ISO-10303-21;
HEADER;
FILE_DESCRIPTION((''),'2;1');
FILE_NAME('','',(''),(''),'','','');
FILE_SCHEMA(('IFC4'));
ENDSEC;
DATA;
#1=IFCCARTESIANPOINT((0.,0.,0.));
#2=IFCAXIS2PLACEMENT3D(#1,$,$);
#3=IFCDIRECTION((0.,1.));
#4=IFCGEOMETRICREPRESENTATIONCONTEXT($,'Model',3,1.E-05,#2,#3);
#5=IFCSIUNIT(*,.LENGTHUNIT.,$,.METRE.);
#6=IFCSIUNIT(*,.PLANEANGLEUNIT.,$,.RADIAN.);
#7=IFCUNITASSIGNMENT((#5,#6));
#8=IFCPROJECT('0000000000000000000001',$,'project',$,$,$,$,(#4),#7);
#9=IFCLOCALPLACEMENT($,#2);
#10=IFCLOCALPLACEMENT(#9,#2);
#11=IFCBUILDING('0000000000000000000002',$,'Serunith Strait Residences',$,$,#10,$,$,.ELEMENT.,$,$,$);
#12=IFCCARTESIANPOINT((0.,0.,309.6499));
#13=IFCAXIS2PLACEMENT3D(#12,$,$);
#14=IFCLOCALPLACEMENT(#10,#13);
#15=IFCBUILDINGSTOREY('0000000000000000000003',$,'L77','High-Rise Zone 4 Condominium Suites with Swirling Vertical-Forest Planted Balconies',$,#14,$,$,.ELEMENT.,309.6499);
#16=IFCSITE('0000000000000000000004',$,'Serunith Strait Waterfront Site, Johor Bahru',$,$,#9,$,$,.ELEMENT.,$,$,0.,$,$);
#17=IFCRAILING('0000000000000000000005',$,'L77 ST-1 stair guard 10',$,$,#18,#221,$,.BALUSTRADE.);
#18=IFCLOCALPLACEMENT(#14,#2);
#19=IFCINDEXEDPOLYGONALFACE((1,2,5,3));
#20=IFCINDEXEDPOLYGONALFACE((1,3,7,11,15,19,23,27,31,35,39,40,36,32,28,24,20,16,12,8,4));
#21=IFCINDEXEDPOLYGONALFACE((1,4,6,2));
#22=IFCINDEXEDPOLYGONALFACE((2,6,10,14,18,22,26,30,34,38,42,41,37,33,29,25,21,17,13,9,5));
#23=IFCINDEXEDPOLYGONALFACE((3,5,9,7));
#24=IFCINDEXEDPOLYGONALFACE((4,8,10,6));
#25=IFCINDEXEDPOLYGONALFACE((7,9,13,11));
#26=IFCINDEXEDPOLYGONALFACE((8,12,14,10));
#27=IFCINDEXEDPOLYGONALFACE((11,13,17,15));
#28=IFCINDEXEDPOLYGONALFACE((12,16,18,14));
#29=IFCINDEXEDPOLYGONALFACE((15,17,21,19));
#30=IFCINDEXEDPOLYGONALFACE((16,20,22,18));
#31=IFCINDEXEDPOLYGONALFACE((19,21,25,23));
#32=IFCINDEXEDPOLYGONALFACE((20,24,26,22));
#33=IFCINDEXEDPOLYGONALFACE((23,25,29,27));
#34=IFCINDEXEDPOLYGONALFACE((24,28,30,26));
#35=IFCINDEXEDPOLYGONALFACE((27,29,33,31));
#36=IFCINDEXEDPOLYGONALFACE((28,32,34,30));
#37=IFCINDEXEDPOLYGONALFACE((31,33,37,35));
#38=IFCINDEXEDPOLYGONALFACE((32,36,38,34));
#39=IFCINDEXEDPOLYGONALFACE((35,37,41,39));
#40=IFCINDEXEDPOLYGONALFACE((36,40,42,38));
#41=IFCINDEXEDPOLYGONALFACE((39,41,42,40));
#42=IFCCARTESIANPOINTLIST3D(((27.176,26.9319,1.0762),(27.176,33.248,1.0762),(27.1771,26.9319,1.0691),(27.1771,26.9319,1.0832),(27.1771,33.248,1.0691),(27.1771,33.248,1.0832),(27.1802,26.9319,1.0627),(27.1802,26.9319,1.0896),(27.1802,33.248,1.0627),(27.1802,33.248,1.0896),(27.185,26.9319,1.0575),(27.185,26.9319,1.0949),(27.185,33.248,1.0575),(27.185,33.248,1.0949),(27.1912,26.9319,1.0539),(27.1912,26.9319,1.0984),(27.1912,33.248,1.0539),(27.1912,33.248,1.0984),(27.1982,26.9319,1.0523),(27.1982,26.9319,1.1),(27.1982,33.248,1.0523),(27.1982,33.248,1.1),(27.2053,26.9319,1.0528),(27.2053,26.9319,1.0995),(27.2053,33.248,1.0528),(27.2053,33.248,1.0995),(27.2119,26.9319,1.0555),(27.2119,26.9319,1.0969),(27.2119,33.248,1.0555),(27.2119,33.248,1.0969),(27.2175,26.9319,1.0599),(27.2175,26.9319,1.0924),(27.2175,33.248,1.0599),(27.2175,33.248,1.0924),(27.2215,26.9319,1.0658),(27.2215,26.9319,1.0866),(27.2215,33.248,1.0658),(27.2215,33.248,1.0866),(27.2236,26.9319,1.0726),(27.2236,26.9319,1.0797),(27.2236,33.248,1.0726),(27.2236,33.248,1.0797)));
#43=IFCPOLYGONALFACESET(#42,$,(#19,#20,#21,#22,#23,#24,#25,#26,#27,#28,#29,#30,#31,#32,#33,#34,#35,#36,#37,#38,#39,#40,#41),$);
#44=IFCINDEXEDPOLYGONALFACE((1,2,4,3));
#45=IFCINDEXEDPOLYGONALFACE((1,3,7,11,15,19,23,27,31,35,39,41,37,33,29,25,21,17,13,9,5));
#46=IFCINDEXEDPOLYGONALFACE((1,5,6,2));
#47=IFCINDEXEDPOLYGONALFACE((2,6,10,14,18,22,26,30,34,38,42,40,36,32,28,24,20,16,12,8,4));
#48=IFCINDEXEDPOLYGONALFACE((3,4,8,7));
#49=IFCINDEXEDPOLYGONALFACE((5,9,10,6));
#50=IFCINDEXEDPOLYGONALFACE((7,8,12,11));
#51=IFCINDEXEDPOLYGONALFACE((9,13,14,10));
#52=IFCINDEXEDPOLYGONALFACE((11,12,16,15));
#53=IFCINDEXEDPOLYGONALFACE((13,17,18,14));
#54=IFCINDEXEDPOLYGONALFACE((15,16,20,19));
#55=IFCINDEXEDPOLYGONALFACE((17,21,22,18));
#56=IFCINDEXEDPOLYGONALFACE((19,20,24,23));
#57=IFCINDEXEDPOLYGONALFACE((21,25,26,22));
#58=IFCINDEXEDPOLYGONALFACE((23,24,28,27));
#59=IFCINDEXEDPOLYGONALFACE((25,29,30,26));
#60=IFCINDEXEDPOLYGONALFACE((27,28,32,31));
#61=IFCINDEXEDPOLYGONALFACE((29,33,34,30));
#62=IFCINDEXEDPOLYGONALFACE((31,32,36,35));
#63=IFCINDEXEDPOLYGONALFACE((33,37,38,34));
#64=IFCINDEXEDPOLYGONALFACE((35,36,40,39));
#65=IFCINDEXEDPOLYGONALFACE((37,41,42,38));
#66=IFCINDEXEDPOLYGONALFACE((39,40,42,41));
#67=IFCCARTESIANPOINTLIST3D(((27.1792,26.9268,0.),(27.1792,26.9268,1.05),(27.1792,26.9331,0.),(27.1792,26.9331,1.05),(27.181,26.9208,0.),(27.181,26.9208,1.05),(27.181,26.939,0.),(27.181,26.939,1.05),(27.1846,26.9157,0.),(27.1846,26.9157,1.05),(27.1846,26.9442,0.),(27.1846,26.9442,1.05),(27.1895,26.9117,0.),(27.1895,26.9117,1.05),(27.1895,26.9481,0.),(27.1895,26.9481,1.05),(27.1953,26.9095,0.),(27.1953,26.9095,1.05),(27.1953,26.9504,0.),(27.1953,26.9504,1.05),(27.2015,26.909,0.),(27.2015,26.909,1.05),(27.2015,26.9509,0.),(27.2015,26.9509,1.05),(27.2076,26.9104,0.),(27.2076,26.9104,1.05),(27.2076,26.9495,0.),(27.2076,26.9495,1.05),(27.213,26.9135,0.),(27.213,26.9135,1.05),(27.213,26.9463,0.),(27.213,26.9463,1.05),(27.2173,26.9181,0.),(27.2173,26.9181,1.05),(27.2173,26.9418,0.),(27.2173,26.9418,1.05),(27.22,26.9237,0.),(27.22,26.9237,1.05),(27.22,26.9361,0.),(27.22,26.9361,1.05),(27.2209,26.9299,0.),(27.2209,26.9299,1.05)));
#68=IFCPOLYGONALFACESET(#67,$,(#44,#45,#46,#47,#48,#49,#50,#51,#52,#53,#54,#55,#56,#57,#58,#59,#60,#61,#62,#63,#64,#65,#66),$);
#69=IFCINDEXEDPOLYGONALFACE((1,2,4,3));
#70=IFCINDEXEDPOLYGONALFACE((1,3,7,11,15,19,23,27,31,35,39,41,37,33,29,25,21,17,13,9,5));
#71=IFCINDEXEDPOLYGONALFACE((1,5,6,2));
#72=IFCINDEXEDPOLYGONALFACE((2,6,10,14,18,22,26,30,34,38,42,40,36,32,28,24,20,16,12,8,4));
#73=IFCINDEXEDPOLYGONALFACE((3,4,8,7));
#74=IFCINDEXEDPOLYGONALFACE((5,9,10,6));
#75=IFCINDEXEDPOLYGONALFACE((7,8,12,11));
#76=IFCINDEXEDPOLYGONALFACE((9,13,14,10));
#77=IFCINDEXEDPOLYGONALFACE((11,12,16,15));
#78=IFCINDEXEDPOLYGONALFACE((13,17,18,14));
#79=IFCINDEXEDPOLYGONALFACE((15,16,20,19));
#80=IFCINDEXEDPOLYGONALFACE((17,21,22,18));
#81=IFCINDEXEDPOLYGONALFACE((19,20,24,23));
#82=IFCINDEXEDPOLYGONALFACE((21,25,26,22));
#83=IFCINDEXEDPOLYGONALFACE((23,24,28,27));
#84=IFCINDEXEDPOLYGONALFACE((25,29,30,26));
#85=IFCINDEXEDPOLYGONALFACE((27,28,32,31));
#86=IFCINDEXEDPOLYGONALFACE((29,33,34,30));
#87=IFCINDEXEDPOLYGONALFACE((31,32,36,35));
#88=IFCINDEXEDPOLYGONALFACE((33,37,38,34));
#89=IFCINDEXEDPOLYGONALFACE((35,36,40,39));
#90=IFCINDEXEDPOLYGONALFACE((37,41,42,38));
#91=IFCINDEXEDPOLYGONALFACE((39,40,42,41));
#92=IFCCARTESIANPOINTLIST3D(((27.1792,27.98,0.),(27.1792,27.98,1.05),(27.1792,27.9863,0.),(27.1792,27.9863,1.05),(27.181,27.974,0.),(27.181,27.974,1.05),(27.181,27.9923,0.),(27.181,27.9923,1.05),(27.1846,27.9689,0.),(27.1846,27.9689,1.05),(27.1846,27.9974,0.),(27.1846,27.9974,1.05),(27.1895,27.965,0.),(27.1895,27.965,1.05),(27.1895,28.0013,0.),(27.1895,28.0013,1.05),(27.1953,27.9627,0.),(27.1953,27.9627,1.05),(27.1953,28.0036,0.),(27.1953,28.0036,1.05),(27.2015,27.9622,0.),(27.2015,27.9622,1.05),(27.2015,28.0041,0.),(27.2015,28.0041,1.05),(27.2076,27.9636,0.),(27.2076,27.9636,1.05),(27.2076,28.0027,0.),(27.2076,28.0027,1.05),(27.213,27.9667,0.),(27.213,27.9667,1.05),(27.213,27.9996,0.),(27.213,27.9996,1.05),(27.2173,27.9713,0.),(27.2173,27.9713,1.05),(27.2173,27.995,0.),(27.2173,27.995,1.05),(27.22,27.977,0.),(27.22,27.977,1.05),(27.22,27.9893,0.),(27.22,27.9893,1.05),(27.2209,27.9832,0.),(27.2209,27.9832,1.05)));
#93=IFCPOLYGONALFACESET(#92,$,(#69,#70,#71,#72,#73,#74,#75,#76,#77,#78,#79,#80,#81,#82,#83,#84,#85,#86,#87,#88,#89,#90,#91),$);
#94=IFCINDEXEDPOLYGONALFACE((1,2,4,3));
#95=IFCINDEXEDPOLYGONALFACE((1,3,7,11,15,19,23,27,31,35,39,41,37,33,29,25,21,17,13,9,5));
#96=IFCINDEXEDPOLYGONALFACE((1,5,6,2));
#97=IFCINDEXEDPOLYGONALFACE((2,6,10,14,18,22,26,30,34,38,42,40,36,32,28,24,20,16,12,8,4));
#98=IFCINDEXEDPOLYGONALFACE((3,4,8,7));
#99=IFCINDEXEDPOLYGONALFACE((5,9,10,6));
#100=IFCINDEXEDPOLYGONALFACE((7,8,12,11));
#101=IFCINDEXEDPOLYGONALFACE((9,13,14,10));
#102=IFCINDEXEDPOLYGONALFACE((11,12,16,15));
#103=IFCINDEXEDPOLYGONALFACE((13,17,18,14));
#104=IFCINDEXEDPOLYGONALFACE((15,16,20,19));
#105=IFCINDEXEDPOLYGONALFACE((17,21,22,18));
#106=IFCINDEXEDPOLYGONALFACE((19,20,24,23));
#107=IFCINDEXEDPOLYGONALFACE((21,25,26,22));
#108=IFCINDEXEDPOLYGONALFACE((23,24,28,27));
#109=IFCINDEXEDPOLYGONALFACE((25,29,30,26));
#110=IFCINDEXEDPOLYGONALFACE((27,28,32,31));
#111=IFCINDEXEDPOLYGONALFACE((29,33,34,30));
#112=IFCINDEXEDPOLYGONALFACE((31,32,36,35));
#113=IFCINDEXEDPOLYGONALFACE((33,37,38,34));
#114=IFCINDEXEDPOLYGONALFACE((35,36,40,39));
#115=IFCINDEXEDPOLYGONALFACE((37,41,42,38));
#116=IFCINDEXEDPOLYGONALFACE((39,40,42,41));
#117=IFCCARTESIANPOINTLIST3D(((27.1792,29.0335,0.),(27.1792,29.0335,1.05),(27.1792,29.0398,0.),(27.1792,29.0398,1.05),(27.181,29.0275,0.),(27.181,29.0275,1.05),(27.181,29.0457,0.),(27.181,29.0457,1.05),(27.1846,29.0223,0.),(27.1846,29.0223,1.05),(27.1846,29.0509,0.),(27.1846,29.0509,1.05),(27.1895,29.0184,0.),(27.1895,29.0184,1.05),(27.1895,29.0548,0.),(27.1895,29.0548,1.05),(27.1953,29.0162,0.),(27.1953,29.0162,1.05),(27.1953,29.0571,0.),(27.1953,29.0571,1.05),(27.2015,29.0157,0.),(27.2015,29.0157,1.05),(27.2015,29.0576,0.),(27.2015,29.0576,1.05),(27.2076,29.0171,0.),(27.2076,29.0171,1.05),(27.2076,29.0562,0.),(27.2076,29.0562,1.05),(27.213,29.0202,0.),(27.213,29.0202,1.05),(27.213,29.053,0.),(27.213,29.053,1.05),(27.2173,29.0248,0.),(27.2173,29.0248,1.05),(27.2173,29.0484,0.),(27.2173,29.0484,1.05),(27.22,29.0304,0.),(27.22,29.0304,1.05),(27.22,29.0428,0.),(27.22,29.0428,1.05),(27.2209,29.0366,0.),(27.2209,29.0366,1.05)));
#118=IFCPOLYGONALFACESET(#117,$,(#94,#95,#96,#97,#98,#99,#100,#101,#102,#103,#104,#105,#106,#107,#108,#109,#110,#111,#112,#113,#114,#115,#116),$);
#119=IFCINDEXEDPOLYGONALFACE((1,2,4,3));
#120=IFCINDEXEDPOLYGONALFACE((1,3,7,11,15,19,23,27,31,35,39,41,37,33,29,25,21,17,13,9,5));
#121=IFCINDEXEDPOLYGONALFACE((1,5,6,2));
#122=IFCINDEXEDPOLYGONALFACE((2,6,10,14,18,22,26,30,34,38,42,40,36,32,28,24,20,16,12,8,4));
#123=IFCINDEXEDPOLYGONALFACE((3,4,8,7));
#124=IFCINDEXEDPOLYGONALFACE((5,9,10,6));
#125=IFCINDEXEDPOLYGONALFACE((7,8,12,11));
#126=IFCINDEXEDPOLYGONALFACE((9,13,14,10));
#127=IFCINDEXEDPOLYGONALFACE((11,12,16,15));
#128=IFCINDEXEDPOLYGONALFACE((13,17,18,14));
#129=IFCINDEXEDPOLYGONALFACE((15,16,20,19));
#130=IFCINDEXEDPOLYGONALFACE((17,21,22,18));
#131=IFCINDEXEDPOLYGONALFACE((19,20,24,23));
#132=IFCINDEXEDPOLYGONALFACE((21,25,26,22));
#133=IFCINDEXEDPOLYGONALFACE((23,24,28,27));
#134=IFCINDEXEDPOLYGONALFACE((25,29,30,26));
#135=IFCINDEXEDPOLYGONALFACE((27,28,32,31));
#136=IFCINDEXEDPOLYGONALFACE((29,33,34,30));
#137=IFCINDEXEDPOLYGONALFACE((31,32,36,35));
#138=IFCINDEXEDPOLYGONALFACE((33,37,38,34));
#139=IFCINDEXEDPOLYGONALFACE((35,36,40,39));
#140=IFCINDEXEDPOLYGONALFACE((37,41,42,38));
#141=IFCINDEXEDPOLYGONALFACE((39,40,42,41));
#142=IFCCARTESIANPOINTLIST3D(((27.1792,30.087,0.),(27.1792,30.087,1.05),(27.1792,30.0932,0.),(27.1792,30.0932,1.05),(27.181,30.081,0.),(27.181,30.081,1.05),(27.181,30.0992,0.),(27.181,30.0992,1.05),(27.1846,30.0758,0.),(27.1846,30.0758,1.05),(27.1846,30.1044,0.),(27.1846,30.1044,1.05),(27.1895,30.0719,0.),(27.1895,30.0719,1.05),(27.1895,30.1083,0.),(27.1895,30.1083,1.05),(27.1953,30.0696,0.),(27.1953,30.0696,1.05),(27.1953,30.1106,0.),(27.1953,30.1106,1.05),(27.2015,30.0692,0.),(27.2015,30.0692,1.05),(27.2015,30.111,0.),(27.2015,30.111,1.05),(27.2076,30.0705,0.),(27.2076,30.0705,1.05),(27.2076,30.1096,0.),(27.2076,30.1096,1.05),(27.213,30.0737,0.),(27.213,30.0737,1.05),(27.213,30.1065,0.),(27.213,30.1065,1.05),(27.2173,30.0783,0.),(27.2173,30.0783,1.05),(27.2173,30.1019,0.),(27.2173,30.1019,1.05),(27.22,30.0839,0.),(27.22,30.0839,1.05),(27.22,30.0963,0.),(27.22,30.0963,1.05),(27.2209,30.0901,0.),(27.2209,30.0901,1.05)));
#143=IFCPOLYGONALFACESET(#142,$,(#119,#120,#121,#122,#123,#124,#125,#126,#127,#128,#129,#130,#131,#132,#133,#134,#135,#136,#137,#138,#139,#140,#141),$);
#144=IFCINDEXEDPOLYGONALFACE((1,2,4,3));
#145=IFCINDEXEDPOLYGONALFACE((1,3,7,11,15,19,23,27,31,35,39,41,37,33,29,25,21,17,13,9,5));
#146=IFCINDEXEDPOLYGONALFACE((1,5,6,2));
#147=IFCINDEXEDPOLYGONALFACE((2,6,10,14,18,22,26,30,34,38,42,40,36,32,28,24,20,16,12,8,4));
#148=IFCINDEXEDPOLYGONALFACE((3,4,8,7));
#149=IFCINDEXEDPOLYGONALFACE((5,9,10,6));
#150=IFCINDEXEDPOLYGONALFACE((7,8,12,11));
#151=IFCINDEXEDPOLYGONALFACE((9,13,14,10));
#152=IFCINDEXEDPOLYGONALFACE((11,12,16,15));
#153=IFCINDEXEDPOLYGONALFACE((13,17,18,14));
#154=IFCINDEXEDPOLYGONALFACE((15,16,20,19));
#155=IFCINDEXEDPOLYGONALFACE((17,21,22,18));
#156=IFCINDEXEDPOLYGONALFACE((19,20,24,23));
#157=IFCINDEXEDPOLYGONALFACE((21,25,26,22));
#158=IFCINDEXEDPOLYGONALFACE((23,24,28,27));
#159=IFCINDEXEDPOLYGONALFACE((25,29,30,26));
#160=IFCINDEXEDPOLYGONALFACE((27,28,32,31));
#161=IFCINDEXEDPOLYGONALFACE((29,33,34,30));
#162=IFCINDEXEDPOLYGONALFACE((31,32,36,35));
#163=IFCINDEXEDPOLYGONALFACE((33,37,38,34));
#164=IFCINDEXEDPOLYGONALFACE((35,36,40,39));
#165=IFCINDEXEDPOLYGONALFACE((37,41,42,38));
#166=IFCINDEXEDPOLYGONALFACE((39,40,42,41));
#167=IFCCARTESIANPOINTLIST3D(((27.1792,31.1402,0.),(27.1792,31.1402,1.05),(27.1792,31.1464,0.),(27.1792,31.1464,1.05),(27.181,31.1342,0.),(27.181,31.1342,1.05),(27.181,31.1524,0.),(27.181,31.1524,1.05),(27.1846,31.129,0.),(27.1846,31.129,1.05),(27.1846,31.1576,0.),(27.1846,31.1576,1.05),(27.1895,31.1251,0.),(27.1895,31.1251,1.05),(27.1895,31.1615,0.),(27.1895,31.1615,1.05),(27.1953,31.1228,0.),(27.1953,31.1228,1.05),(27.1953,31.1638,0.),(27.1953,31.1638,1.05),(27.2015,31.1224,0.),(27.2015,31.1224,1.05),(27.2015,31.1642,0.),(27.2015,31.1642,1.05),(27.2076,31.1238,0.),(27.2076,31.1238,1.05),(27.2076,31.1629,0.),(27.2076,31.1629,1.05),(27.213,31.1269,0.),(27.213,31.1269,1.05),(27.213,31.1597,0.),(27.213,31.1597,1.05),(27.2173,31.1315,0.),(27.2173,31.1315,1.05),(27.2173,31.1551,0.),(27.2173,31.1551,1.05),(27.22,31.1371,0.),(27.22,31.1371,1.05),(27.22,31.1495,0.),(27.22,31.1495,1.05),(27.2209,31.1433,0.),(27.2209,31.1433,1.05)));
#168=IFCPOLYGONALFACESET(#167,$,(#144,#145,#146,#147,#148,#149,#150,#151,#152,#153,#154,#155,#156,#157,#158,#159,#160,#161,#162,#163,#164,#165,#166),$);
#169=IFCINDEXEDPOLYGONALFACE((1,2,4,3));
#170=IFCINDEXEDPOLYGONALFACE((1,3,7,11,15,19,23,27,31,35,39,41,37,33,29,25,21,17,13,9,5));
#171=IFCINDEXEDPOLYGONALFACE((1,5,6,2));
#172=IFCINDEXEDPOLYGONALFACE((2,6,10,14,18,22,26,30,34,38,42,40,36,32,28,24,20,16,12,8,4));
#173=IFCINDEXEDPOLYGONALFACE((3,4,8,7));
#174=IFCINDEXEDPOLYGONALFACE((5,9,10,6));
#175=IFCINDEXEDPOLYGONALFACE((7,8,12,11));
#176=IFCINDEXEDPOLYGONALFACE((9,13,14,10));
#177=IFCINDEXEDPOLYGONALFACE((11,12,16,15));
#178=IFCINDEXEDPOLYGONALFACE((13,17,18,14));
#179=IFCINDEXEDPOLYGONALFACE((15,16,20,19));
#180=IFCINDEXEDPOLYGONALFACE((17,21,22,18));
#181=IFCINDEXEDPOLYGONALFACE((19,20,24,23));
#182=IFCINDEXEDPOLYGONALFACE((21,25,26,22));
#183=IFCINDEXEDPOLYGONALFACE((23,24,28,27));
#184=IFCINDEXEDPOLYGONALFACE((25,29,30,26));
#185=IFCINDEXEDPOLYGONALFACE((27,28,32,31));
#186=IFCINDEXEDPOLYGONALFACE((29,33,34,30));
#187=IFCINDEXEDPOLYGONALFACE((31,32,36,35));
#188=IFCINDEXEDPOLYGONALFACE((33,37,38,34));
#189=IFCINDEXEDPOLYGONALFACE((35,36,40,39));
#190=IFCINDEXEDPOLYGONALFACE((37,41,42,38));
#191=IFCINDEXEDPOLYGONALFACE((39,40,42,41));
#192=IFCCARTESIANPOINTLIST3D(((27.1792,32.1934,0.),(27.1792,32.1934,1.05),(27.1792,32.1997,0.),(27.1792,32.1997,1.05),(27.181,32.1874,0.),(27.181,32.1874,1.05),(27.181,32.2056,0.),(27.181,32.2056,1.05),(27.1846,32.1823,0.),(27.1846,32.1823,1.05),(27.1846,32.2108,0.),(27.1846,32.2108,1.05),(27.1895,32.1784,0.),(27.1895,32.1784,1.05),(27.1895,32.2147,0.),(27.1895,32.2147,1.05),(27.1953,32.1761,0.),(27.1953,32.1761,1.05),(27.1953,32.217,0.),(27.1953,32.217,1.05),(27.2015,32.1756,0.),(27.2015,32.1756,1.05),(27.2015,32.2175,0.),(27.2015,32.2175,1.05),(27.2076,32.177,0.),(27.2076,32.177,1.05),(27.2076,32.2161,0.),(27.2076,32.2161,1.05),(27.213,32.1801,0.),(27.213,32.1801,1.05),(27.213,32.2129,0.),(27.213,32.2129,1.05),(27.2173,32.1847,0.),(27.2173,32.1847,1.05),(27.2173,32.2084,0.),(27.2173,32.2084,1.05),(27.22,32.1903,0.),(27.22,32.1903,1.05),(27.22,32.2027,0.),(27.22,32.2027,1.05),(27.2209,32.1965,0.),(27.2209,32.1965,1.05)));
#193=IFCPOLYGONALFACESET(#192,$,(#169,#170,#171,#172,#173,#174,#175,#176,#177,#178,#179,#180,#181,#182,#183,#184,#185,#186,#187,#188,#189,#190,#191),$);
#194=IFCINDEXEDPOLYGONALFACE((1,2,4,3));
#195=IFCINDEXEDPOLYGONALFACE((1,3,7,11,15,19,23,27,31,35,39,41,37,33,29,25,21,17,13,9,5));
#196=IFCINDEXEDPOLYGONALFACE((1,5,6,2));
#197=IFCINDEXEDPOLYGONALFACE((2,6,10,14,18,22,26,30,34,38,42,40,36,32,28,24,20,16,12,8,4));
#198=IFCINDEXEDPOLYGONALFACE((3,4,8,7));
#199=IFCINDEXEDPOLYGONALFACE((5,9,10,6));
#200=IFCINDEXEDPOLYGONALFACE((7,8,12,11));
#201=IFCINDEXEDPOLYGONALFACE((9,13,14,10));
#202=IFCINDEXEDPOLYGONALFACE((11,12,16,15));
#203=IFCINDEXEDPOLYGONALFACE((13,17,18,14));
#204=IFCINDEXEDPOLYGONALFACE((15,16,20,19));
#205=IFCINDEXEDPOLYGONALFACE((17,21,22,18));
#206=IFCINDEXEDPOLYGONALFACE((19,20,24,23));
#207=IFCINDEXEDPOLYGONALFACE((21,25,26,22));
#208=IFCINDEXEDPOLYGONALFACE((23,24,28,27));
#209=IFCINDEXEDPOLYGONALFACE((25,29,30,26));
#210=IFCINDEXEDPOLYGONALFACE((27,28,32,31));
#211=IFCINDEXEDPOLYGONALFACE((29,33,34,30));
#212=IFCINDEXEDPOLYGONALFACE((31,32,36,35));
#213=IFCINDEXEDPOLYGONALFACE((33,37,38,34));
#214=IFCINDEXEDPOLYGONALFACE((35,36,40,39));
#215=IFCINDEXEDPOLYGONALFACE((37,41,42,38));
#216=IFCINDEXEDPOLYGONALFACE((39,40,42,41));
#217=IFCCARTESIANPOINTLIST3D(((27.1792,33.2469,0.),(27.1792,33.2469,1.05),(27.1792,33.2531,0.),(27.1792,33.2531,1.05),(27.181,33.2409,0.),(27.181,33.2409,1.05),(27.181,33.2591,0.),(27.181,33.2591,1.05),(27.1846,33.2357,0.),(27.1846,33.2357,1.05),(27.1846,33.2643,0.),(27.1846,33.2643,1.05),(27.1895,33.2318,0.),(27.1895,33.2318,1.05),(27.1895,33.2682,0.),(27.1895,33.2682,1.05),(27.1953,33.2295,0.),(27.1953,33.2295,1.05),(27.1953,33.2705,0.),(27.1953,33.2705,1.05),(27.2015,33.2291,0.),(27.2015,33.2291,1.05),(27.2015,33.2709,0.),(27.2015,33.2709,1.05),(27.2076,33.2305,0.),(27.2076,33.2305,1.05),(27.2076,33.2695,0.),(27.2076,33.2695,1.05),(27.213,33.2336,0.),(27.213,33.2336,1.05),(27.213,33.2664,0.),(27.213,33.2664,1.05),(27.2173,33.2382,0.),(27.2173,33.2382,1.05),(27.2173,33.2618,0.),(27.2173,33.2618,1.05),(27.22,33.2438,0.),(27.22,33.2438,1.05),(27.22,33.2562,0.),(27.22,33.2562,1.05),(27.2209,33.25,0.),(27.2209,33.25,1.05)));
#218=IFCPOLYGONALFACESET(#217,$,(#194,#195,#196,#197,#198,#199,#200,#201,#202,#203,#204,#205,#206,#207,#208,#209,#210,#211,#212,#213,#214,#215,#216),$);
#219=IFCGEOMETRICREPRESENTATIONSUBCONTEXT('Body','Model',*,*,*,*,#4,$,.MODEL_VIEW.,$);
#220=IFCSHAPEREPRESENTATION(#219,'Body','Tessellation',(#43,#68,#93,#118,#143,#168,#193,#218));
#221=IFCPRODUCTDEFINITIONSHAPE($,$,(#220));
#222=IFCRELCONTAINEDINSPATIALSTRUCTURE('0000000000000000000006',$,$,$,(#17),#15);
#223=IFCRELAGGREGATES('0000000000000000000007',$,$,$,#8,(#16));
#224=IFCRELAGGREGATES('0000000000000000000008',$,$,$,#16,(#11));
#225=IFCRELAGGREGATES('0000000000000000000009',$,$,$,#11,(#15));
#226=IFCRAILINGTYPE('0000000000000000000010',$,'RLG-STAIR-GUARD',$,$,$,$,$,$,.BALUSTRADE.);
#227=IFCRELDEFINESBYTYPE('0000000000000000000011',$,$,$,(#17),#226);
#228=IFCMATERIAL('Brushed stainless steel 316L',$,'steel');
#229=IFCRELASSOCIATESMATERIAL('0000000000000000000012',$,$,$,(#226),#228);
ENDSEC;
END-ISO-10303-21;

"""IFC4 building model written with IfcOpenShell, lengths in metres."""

from ifc_helpers import new_model, si_unit, direction, frame, origin, origin_2d, place, context, subcontext, project, spatial, circle, extrude, material, type_object, element, save


model = new_model("IFC4")

# Units and contexts
model_context = context("Model", 3, precision=1e-05, world=origin(), true_north=direction((0.0, 1.0)))
body_context = subcontext(model_context, "Body", "Model", "MODEL_VIEW")
ifc_project = project(units=[si_unit("LENGTHUNIT", "METRE"), si_unit("PLANEANGLEUNIT", "RADIAN")], contexts=[model_context])

# Site, building, storey
site_placement = place(None, origin())
site = spatial("IfcSite", under=ifc_project, at=site_placement, Name="Serunith Strait Waterfront Site, Johor Bahru", CompositionType="ELEMENT", RefElevation=0.0)
building_placement = place(site_placement, origin())
building = spatial("IfcBuilding", under=site, at=building_placement, Name="Serunith Strait Residences", CompositionType="ELEMENT")
storey_placement = place(building_placement, frame((0.0, 0.0, 309.6499)))
storey = spatial("IfcBuildingStorey", under=building, at=storey_placement, Name="L77", Description="High-Rise Zone 4 Condominium Suites with Swirling Vertical-Forest Planted Balconies", CompositionType="ELEMENT", Elevation=309.6499)

# Railing
ifc_material_1 = material(Name="Brushed stainless steel 316L", Category="steel")
railing_type_1 = type_object("IfcRailingType", Name="RLG-STAIR-GUARD", PredefinedType="BALUSTRADE", material=ifc_material_1)
railing_1_placement = place(storey_placement, frame((27.2, 26.9299, 0.0)))
element("IfcRailing", 1, at=railing_1_placement, inside=storey, type_object=railing_type_1, Name="L77 ST-1 stair guard 10", PredefinedType="BALUSTRADE", context=body_context, shape_type="SweptSolid", body=[
    extrude(circle(Radius=0.0239, at=origin_2d()), frame((0.0, 0.002, 1.0762), z_axis=(0.0, 1.0, 0.0), x_axis=(-1.0, 0.0, 0.0)), (0.0, 0.0, 1.0), 6.3162),
    extrude(circle(Radius=0.021, at=origin_2d()), origin(), (0.0, 0.0, 1.0), 1.05),
    extrude(circle(Radius=0.021, at=origin_2d()), frame((0.0, 1.0532, 0.0)), (0.0, 0.0, 1.0), 1.05),
    extrude(circle(Radius=0.021, at=origin_2d()), frame((0.0, 2.1067, 0.0)), (0.0, 0.0, 1.0), 1.05),
    extrude(circle(Radius=0.021, at=origin_2d()), frame((0.0, 3.1602, 0.0)), (0.0, 0.0, 1.0), 1.05),
    extrude(circle(Radius=0.021, at=origin_2d()), frame((0.0, 4.2134, 0.0)), (0.0, 0.0, 1.0), 1.05),
    extrude(circle(Radius=0.021, at=origin_2d()), frame((0.0, 5.2666, 0.0)), (0.0, 0.0, 1.0), 1.05),
    extrude(circle(Radius=0.021, at=origin_2d()), frame((0.0, 6.3201, 0.0)), (0.0, 0.0, 1.0), 1.05),
])

save(model, "model.ifc")
